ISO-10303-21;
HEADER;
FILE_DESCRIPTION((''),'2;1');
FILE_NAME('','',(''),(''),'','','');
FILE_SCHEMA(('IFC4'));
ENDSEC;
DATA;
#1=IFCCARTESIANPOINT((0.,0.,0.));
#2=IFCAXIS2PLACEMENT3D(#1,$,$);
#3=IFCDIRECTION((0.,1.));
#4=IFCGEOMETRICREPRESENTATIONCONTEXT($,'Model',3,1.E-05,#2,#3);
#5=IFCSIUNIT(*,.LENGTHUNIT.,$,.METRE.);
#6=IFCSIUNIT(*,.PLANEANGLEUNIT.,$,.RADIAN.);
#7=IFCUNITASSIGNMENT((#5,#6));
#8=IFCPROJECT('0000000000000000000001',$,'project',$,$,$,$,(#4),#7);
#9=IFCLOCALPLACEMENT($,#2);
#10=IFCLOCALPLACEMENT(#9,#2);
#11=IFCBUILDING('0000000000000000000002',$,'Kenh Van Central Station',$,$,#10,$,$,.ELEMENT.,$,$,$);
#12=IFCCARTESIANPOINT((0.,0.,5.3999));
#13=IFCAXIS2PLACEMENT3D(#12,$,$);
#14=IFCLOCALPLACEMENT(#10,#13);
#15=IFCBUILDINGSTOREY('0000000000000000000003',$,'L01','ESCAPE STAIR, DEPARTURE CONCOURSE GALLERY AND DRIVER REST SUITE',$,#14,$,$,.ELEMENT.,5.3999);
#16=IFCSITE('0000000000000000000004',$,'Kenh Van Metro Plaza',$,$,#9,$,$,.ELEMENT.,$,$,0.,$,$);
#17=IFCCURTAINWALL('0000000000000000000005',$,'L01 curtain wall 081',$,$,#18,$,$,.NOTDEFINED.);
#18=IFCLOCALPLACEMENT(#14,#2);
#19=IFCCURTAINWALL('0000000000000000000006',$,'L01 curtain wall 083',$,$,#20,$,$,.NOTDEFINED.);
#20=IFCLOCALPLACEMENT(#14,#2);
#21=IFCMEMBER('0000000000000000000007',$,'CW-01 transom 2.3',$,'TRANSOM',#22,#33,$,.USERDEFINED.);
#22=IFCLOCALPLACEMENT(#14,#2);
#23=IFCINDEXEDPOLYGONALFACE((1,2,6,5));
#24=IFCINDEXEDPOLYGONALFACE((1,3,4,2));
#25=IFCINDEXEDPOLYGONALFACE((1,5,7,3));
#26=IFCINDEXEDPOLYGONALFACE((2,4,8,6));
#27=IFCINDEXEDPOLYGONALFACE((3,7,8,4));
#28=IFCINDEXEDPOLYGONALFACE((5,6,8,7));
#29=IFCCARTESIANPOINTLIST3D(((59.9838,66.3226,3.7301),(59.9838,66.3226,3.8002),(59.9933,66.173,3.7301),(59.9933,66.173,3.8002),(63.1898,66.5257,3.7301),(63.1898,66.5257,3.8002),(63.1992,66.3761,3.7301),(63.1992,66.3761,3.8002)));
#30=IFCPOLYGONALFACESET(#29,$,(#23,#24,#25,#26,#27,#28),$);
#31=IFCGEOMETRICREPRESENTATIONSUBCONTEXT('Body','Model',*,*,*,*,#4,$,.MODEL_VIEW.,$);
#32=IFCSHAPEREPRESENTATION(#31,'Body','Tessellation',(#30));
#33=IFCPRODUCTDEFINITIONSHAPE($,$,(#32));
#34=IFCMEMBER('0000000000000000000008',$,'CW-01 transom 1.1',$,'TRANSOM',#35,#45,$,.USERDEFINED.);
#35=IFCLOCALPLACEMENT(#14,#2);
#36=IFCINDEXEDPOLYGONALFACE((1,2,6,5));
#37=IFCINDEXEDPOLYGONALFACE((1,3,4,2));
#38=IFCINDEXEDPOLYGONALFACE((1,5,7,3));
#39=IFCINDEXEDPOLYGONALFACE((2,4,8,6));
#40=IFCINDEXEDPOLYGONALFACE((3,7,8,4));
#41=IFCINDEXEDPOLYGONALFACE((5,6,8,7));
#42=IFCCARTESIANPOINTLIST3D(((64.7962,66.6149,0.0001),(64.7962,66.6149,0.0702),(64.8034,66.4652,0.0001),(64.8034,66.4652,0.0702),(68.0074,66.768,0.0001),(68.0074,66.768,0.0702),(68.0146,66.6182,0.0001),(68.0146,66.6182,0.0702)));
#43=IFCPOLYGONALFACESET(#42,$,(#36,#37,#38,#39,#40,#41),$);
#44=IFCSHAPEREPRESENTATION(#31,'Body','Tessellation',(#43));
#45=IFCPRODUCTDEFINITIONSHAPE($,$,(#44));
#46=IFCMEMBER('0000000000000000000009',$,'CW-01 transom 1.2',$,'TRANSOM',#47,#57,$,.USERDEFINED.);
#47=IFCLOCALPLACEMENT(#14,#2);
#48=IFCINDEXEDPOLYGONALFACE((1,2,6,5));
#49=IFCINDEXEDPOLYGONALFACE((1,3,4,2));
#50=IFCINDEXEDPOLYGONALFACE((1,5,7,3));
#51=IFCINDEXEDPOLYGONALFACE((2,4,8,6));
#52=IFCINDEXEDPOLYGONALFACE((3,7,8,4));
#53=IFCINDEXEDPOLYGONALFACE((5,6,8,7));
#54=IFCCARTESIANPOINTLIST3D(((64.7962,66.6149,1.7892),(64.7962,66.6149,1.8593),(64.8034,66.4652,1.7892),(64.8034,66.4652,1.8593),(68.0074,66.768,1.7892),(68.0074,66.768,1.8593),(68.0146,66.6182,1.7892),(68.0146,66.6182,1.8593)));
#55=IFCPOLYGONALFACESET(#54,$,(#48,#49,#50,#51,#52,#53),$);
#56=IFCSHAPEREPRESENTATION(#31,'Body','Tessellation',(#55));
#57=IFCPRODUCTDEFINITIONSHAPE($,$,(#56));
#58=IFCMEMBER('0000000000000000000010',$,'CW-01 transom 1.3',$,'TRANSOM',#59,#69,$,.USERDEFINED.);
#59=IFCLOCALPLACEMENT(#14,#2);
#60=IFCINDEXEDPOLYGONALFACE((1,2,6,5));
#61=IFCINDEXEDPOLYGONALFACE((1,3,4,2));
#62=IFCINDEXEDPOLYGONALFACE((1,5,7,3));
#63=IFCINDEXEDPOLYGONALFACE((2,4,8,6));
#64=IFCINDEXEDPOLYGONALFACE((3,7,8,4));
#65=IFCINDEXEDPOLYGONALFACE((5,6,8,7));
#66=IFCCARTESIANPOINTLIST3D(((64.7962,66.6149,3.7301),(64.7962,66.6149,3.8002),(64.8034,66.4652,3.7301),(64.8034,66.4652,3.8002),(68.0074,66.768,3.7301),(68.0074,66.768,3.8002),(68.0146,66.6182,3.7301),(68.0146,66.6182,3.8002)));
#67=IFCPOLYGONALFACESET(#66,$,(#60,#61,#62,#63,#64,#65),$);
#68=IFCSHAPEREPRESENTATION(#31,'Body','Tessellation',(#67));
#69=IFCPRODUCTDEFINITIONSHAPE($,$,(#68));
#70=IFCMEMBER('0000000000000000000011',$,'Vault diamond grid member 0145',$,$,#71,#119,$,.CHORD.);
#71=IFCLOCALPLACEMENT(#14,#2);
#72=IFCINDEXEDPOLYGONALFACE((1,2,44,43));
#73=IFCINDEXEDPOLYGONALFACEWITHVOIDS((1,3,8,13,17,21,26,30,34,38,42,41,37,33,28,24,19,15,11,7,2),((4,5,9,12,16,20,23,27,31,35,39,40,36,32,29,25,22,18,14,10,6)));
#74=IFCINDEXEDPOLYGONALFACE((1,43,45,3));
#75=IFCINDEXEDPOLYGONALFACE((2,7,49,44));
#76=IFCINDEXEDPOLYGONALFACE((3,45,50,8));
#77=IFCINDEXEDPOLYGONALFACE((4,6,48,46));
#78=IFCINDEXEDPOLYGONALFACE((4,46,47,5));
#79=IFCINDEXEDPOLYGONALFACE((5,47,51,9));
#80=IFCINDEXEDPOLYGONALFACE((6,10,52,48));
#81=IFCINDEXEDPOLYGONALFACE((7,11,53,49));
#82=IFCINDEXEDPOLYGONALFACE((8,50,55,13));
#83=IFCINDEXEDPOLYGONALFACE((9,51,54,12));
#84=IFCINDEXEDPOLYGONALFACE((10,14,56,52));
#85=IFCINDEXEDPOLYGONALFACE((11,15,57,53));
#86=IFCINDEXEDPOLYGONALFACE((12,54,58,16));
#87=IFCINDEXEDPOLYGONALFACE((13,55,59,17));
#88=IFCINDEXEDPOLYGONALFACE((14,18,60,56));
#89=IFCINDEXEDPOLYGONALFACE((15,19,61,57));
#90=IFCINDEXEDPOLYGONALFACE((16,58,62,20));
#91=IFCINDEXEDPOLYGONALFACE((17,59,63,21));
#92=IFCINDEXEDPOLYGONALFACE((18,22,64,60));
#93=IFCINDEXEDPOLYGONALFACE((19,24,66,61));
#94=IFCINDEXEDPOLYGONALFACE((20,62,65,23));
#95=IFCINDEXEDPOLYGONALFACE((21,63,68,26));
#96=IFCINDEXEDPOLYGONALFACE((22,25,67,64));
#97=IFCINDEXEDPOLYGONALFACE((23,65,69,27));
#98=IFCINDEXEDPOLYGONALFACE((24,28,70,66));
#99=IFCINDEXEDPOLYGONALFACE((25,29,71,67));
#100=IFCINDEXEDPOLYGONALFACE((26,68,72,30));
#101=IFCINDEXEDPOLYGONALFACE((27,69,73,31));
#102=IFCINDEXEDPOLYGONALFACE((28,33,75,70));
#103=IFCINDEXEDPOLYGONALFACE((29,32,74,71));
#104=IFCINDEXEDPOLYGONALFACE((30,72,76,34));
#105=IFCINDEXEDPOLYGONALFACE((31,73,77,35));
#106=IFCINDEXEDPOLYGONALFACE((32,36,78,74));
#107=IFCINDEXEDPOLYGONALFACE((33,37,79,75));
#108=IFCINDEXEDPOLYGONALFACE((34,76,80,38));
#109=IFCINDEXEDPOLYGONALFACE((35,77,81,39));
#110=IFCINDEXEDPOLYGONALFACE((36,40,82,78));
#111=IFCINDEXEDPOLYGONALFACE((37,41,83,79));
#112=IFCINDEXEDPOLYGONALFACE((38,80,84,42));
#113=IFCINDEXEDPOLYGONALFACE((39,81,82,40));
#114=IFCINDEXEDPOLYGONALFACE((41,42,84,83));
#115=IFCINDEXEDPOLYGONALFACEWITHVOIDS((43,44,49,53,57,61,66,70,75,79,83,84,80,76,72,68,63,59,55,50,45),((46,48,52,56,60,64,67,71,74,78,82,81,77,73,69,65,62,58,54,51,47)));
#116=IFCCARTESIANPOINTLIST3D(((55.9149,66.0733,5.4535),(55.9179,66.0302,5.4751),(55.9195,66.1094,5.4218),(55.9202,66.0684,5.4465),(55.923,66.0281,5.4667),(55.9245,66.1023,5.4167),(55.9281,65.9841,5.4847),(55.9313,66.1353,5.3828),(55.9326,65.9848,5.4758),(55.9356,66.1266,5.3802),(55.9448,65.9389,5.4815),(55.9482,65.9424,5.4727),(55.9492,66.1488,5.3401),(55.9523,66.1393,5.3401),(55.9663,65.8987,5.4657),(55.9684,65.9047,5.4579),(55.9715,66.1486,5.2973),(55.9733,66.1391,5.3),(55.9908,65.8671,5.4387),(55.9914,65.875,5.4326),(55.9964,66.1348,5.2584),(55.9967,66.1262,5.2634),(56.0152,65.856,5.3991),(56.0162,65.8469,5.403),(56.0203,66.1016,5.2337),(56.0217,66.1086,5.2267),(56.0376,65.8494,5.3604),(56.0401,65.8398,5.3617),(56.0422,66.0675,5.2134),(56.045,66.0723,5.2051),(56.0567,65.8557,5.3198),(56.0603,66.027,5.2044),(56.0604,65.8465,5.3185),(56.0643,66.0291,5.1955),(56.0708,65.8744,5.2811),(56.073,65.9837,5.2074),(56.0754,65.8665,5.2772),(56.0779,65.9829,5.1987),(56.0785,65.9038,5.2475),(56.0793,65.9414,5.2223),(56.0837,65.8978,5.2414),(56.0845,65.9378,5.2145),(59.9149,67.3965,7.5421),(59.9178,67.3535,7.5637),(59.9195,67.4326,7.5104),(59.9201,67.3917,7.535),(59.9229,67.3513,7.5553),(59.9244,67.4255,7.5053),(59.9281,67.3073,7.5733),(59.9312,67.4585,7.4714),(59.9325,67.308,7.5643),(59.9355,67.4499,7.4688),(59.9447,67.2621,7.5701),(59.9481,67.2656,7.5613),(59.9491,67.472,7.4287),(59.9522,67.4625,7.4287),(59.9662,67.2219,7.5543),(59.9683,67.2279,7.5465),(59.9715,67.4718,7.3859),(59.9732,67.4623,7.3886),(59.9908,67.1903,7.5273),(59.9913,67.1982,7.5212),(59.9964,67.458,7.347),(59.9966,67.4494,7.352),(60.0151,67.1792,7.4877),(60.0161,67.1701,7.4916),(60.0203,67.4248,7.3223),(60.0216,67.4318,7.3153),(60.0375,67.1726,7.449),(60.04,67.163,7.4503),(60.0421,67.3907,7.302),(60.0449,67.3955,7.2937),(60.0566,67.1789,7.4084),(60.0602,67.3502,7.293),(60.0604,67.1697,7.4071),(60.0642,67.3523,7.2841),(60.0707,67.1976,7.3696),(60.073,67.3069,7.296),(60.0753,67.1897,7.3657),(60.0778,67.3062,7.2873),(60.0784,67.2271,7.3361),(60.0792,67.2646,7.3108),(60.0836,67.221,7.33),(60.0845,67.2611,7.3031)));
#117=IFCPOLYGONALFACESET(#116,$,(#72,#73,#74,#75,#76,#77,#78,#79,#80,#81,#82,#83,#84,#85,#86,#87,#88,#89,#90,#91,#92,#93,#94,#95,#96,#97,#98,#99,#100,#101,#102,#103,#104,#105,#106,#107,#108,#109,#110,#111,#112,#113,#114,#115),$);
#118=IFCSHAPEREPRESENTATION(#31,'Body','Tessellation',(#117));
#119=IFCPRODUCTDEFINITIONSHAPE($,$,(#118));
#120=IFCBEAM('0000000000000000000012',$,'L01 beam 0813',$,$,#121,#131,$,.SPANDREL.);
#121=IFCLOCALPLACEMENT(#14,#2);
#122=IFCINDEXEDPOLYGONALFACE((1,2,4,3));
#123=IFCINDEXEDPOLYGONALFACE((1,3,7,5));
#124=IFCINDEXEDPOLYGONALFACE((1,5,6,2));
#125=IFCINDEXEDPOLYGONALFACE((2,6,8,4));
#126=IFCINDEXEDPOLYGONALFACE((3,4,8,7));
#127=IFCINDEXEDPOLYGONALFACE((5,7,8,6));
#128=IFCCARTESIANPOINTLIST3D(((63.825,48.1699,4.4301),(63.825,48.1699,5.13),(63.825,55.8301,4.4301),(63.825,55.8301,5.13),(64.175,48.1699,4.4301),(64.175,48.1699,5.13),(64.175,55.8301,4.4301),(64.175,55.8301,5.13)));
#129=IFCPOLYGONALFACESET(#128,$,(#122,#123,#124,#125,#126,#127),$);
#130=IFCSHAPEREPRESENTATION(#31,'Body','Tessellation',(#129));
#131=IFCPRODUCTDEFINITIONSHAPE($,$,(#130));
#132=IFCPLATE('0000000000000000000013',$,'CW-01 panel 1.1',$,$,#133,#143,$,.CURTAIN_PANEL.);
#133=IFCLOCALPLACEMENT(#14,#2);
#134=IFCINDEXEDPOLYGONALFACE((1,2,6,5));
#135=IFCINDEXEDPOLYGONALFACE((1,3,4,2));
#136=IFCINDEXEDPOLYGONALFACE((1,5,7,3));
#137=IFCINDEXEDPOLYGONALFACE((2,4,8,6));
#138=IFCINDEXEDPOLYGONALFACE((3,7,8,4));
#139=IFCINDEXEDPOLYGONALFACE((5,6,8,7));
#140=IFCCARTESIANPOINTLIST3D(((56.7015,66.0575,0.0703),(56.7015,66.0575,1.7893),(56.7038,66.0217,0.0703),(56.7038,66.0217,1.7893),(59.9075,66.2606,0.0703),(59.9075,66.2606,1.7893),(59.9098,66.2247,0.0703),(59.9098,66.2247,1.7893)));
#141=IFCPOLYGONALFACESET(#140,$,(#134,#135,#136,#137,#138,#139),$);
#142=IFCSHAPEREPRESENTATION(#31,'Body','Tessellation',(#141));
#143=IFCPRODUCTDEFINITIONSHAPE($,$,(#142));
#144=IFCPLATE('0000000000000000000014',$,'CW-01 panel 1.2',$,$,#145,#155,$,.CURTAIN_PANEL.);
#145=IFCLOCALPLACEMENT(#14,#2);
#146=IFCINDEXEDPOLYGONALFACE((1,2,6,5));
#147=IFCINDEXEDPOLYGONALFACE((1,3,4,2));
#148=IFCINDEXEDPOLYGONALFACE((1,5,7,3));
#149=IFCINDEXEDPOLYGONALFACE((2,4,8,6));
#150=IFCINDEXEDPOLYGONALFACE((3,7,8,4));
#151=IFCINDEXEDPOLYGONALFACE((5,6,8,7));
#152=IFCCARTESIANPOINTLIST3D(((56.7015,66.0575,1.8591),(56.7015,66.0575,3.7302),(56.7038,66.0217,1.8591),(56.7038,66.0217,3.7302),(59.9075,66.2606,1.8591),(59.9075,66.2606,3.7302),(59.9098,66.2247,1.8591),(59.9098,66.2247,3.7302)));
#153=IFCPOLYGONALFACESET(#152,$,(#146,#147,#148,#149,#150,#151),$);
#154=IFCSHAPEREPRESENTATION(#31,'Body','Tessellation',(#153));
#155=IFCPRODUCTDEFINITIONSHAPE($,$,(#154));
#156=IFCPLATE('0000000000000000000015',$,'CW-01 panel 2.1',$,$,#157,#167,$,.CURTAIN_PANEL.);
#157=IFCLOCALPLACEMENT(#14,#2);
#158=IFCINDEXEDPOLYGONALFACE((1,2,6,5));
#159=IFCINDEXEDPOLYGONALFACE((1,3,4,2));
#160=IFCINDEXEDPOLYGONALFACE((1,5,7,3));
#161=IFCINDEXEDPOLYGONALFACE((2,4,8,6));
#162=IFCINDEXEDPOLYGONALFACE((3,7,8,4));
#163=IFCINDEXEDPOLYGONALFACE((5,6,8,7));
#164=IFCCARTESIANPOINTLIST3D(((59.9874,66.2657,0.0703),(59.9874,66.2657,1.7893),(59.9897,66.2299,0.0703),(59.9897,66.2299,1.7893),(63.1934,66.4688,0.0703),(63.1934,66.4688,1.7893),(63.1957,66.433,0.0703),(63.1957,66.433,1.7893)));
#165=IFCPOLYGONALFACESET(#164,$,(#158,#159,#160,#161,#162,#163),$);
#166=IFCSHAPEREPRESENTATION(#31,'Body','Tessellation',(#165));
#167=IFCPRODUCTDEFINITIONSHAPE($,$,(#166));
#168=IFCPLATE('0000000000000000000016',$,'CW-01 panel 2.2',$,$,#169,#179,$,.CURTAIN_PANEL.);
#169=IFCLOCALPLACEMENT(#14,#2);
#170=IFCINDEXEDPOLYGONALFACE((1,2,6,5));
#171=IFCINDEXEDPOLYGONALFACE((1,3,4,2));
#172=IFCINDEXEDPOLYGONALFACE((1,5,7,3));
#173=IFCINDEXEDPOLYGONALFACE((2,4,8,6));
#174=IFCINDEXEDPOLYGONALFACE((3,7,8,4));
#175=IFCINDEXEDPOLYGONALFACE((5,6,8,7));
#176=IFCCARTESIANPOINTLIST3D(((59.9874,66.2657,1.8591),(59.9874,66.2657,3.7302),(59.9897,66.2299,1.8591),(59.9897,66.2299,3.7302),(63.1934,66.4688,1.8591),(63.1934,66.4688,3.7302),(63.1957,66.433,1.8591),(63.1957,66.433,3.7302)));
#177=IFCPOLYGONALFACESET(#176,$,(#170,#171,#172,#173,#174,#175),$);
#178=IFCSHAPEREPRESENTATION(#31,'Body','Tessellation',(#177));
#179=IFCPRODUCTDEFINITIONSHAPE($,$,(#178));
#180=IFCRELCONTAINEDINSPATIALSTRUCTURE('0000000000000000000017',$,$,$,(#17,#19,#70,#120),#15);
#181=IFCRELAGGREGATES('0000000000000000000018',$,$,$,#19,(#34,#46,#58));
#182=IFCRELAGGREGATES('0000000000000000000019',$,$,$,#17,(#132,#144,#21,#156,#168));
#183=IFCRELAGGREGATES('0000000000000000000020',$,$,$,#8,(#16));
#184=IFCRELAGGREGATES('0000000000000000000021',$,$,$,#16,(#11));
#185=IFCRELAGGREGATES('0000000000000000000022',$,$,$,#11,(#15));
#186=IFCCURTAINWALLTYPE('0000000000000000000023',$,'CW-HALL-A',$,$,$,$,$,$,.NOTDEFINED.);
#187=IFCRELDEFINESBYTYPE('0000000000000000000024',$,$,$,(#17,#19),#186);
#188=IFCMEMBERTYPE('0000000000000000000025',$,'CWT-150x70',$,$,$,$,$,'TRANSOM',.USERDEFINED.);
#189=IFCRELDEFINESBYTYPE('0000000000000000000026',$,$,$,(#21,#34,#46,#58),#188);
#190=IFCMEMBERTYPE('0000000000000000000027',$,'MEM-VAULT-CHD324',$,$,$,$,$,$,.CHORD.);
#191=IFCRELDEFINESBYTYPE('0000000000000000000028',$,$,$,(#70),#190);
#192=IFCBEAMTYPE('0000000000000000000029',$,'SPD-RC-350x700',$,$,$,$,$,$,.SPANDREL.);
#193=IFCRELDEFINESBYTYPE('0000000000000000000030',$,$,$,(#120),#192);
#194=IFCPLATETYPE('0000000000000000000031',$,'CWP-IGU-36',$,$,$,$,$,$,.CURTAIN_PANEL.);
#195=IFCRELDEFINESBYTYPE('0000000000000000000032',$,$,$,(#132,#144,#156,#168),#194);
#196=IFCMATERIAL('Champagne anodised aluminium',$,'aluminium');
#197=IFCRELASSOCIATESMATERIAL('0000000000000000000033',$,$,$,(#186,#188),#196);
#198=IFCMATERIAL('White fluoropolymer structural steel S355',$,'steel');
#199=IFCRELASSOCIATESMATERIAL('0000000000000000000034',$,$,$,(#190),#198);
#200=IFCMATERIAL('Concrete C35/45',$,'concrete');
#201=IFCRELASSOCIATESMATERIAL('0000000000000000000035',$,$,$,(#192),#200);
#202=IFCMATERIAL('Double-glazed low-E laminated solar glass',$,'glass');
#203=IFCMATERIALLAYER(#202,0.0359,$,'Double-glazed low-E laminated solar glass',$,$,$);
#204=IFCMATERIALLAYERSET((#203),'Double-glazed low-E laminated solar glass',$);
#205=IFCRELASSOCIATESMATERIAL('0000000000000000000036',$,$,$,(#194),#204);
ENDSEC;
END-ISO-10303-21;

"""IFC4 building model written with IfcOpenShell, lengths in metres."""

from ifc_helpers import new_model, si_unit, direction, frame, origin, origin_2d, place, context, subcontext, project, spatial, rectangle, hollow_circle, extrude, material, layer, layer_set, material_profile, profile_set, type_object, element, aggregate, save


model = new_model("IFC4")

# Units and contexts
model_context = context("Model", 3, precision=1e-05, world=origin(), true_north=direction((0.0, 1.0)))
body_context = subcontext(model_context, "Body", "Model", "MODEL_VIEW")
ifc_project = project(units=[si_unit("LENGTHUNIT", "METRE"), si_unit("PLANEANGLEUNIT", "RADIAN")], contexts=[model_context])

# Site, building, storey
site_placement = place(None, origin())
site = spatial("IfcSite", under=ifc_project, at=site_placement, Name="Kenh Van Metro Plaza", CompositionType="ELEMENT", RefElevation=0.0)
building_placement = place(site_placement, origin())
building = spatial("IfcBuilding", under=site, at=building_placement, Name="Kenh Van Central Station", CompositionType="ELEMENT")
storey_placement = place(building_placement, frame((0.0, 0.0, 5.3999)))
storey = spatial("IfcBuildingStorey", under=building, at=storey_placement, Name="L01", Description="ESCAPE STAIR, DEPARTURE CONCOURSE GALLERY AND DRIVER REST SUITE", CompositionType="ELEMENT", Elevation=5.3999)

# Shared definitions
ifc_material_1 = material(Name="Concrete C35/45", Category="concrete")
ifc_material_2 = material(Name="White fluoropolymer structural steel S355", Category="steel")

# Curtain wall
ifc_material_3 = material(Name="Champagne anodised aluminium", Category="aluminium")
curtain_wall_type = type_object("IfcCurtainWallType", Name="CW-HALL-A", PredefinedType="NOTDEFINED", material=ifc_material_3)
curtain_wall_1_placement = place(storey_placement, origin())
curtain_wall_1 = element("IfcCurtainWall", 1, at=curtain_wall_1_placement, inside=storey, type_object=curtain_wall_type, Name="L01 curtain wall 081", PredefinedType="NOTDEFINED")

# Curtain wall
curtain_wall_2_placement = place(storey_placement, origin())
curtain_wall_2 = element("IfcCurtainWall", 2, at=curtain_wall_2_placement, inside=storey, type_object=curtain_wall_type, Name="L01 curtain wall 083", PredefinedType="NOTDEFINED")

# Members
ifc_material_profile_1 = material_profile(ifc_material_3, rectangle(XDim=0.1499, YDim=0.0701, at=origin_2d()), Name="AL 150x70")
ifc_profile_set_1 = profile_set([ifc_material_profile_1], Name="Champagne anodised aluminium")
member_type_1 = type_object("IfcMemberType", Name="CWT-150x70", ElementType="TRANSOM", PredefinedType="USERDEFINED", material=ifc_profile_set_1)
member_1_placement = place(storey_placement, frame((59.9885, 66.2478, 3.7651), z_axis=(0.997999, 0.06323, 0.0), x_axis=(-0.06323, 0.997999, 0.0)))
member_1 = element("IfcMember", 3, at=member_1_placement, type_object=member_type_1, Name="CW-01 transom 2.3", ObjectType="TRANSOM", PredefinedType="USERDEFINED", context=body_context, shape_type="SweptSolid", body=[
    extrude(rectangle(XDim=0.1499, YDim=0.0701, at=origin_2d()), origin(), (0.0, 0.0, 1.0), 3.2124),
])
member_2_placement = place(storey_placement, frame((64.7998, 66.54, 0.0352), z_axis=(0.998866, 0.047616, 0.0), x_axis=(-0.047616, 0.998866, 0.0)))
member_2 = element("IfcMember", 4, at=member_2_placement, type_object=member_type_1, Name="CW-01 transom 1.1", ObjectType="TRANSOM", PredefinedType="USERDEFINED", context=body_context, shape_type="SweptSolid", body=[
    extrude(rectangle(XDim=0.1499, YDim=0.0701, at=origin_2d()), origin(), (0.0, 0.0, 1.0), 3.2148),
])
member_3_placement = place(storey_placement, frame((64.7998, 66.54, 1.8242), z_axis=(0.998866, 0.047616, 0.0), x_axis=(-0.047616, 0.998866, 0.0)))
member_3 = element("IfcMember", 5, at=member_3_placement, type_object=member_type_1, Name="CW-01 transom 1.2", ObjectType="TRANSOM", PredefinedType="USERDEFINED", context=body_context, shape_type="SweptSolid", body=[
    extrude(rectangle(XDim=0.1499, YDim=0.0701, at=origin_2d()), origin(), (0.0, 0.0, 1.0), 3.2148),
])
member_4_placement = place(storey_placement, frame((64.7998, 66.54, 3.7651), z_axis=(0.998866, 0.047616, 0.0), x_axis=(-0.047616, 0.998866, 0.0)))
member_4 = element("IfcMember", 6, at=member_4_placement, type_object=member_type_1, Name="CW-01 transom 1.3", ObjectType="TRANSOM", PredefinedType="USERDEFINED", context=body_context, shape_type="SweptSolid", body=[
    extrude(rectangle(XDim=0.1499, YDim=0.0701, at=origin_2d()), origin(), (0.0, 0.0, 1.0), 3.2148),
])
aggregate(curtain_wall_2, [member_2, member_3, member_4])
ifc_material_profile_2 = material_profile(ifc_material_2, hollow_circle(Radius=0.1619, WallThickness=0.01, at=origin_2d()), Name="CHS 323.9x10")
ifc_profile_set_2 = profile_set([ifc_material_profile_2], Name="White fluoropolymer structural steel S355")
member_type_2 = type_object("IfcMemberType", Name="MEM-VAULT-CHD324", PredefinedType="CHORD", material=ifc_profile_set_2)
member_5_placement = place(storey_placement, frame((56.0, 65.9951, 5.3401), z_axis=(0.850615, 0.281392, 0.444154), x_axis=(-0.314071, 0.949399, 0.0)))
element("IfcMember", 7, at=member_5_placement, inside=storey, type_object=member_type_2, Name="Vault diamond grid member 0145", PredefinedType="CHORD", context=body_context, shape_type="SweptSolid", body=[
    extrude(hollow_circle(Radius=0.1619, WallThickness=0.01, at=origin_2d()), origin(), (0.0, 0.0, 1.0), 4.7024),
])

# Beam
ifc_material_profile_3 = material_profile(ifc_material_1, rectangle(XDim=0.3501, YDim=0.7, at=origin_2d()), Name="RC 350x700")
ifc_profile_set_3 = profile_set([ifc_material_profile_3], Name="Concrete C35/45")
beam_type_1 = type_object("IfcBeamType", Name="SPD-RC-350x700", PredefinedType="SPANDREL", material=ifc_profile_set_3)
beam_1_placement = place(storey_placement, frame((64.0, 48.1699, 4.78), z_axis=(0.0, 1.0, 0.0), x_axis=(-1.0, 0.0, 0.0)))
element("IfcBeam", 8, at=beam_1_placement, inside=storey, type_object=beam_type_1, Name="L01 beam 0813", PredefinedType="SPANDREL", context=body_context, shape_type="SweptSolid", body=[
    extrude(rectangle(XDim=0.3501, YDim=0.7, at=origin_2d()), origin(), (0.0, 0.0, 1.0), 7.6602),
])

# Plates
ifc_material_4 = material(Name="Double-glazed low-E laminated solar glass", Category="glass")
ifc_layer = layer(ifc_material_4, 0.0359, Name="Double-glazed low-E laminated solar glass")
ifc_layer_set = layer_set([ifc_layer], Name="Double-glazed low-E laminated solar glass")
plate_type = type_object("IfcPlateType", Name="CWP-IGU-36", PredefinedType="CURTAIN_PANEL", material=ifc_layer_set)
plate_1_placement = place(storey_placement, frame((58.3057, 66.1411, 0.0703), z_axis=(0.0, 0.0, 1.0), x_axis=(0.998, 0.063211, 0.0)))
plate_1 = element("IfcPlate", 9, at=plate_1_placement, type_object=plate_type, Name="CW-01 panel 1.1", PredefinedType="CURTAIN_PANEL", context=body_context, shape_type="SweptSolid", body=[
    extrude(rectangle(XDim=3.2124, YDim=0.0359, at=origin_2d()), origin(), (0.0, 0.0, 1.0), 1.719),
])
plate_2_placement = place(storey_placement, frame((58.3057, 66.1411, 1.8591), z_axis=(0.0, 0.0, 1.0), x_axis=(0.998, 0.063211, 0.0)))
plate_2 = element("IfcPlate", 10, at=plate_2_placement, type_object=plate_type, Name="CW-01 panel 1.2", PredefinedType="CURTAIN_PANEL", context=body_context, shape_type="SweptSolid", body=[
    extrude(rectangle(XDim=3.2124, YDim=0.0359, at=origin_2d()), origin(), (0.0, 0.0, 1.0), 1.8711),
])
plate_3_placement = place(storey_placement, frame((61.5916, 66.3494, 0.0703), z_axis=(0.0, 0.0, 1.0), x_axis=(0.998, 0.063211, 0.0)))
plate_3 = element("IfcPlate", 11, at=plate_3_placement, type_object=plate_type, Name="CW-01 panel 2.1", PredefinedType="CURTAIN_PANEL", context=body_context, shape_type="SweptSolid", body=[
    extrude(rectangle(XDim=3.2124, YDim=0.0359, at=origin_2d()), origin(), (0.0, 0.0, 1.0), 1.719),
])
plate_4_placement = place(storey_placement, frame((61.5916, 66.3494, 1.8591), z_axis=(0.0, 0.0, 1.0), x_axis=(0.998, 0.063211, 0.0)))
plate_4 = element("IfcPlate", 12, at=plate_4_placement, type_object=plate_type, Name="CW-01 panel 2.2", PredefinedType="CURTAIN_PANEL", context=body_context, shape_type="SweptSolid", body=[
    extrude(rectangle(XDim=3.2124, YDim=0.0359, at=origin_2d()), origin(), (0.0, 0.0, 1.0), 1.8711),
])
aggregate(curtain_wall_1, [plate_1, plate_2, member_1, plate_3, plate_4])

save(model, "model.ifc")
